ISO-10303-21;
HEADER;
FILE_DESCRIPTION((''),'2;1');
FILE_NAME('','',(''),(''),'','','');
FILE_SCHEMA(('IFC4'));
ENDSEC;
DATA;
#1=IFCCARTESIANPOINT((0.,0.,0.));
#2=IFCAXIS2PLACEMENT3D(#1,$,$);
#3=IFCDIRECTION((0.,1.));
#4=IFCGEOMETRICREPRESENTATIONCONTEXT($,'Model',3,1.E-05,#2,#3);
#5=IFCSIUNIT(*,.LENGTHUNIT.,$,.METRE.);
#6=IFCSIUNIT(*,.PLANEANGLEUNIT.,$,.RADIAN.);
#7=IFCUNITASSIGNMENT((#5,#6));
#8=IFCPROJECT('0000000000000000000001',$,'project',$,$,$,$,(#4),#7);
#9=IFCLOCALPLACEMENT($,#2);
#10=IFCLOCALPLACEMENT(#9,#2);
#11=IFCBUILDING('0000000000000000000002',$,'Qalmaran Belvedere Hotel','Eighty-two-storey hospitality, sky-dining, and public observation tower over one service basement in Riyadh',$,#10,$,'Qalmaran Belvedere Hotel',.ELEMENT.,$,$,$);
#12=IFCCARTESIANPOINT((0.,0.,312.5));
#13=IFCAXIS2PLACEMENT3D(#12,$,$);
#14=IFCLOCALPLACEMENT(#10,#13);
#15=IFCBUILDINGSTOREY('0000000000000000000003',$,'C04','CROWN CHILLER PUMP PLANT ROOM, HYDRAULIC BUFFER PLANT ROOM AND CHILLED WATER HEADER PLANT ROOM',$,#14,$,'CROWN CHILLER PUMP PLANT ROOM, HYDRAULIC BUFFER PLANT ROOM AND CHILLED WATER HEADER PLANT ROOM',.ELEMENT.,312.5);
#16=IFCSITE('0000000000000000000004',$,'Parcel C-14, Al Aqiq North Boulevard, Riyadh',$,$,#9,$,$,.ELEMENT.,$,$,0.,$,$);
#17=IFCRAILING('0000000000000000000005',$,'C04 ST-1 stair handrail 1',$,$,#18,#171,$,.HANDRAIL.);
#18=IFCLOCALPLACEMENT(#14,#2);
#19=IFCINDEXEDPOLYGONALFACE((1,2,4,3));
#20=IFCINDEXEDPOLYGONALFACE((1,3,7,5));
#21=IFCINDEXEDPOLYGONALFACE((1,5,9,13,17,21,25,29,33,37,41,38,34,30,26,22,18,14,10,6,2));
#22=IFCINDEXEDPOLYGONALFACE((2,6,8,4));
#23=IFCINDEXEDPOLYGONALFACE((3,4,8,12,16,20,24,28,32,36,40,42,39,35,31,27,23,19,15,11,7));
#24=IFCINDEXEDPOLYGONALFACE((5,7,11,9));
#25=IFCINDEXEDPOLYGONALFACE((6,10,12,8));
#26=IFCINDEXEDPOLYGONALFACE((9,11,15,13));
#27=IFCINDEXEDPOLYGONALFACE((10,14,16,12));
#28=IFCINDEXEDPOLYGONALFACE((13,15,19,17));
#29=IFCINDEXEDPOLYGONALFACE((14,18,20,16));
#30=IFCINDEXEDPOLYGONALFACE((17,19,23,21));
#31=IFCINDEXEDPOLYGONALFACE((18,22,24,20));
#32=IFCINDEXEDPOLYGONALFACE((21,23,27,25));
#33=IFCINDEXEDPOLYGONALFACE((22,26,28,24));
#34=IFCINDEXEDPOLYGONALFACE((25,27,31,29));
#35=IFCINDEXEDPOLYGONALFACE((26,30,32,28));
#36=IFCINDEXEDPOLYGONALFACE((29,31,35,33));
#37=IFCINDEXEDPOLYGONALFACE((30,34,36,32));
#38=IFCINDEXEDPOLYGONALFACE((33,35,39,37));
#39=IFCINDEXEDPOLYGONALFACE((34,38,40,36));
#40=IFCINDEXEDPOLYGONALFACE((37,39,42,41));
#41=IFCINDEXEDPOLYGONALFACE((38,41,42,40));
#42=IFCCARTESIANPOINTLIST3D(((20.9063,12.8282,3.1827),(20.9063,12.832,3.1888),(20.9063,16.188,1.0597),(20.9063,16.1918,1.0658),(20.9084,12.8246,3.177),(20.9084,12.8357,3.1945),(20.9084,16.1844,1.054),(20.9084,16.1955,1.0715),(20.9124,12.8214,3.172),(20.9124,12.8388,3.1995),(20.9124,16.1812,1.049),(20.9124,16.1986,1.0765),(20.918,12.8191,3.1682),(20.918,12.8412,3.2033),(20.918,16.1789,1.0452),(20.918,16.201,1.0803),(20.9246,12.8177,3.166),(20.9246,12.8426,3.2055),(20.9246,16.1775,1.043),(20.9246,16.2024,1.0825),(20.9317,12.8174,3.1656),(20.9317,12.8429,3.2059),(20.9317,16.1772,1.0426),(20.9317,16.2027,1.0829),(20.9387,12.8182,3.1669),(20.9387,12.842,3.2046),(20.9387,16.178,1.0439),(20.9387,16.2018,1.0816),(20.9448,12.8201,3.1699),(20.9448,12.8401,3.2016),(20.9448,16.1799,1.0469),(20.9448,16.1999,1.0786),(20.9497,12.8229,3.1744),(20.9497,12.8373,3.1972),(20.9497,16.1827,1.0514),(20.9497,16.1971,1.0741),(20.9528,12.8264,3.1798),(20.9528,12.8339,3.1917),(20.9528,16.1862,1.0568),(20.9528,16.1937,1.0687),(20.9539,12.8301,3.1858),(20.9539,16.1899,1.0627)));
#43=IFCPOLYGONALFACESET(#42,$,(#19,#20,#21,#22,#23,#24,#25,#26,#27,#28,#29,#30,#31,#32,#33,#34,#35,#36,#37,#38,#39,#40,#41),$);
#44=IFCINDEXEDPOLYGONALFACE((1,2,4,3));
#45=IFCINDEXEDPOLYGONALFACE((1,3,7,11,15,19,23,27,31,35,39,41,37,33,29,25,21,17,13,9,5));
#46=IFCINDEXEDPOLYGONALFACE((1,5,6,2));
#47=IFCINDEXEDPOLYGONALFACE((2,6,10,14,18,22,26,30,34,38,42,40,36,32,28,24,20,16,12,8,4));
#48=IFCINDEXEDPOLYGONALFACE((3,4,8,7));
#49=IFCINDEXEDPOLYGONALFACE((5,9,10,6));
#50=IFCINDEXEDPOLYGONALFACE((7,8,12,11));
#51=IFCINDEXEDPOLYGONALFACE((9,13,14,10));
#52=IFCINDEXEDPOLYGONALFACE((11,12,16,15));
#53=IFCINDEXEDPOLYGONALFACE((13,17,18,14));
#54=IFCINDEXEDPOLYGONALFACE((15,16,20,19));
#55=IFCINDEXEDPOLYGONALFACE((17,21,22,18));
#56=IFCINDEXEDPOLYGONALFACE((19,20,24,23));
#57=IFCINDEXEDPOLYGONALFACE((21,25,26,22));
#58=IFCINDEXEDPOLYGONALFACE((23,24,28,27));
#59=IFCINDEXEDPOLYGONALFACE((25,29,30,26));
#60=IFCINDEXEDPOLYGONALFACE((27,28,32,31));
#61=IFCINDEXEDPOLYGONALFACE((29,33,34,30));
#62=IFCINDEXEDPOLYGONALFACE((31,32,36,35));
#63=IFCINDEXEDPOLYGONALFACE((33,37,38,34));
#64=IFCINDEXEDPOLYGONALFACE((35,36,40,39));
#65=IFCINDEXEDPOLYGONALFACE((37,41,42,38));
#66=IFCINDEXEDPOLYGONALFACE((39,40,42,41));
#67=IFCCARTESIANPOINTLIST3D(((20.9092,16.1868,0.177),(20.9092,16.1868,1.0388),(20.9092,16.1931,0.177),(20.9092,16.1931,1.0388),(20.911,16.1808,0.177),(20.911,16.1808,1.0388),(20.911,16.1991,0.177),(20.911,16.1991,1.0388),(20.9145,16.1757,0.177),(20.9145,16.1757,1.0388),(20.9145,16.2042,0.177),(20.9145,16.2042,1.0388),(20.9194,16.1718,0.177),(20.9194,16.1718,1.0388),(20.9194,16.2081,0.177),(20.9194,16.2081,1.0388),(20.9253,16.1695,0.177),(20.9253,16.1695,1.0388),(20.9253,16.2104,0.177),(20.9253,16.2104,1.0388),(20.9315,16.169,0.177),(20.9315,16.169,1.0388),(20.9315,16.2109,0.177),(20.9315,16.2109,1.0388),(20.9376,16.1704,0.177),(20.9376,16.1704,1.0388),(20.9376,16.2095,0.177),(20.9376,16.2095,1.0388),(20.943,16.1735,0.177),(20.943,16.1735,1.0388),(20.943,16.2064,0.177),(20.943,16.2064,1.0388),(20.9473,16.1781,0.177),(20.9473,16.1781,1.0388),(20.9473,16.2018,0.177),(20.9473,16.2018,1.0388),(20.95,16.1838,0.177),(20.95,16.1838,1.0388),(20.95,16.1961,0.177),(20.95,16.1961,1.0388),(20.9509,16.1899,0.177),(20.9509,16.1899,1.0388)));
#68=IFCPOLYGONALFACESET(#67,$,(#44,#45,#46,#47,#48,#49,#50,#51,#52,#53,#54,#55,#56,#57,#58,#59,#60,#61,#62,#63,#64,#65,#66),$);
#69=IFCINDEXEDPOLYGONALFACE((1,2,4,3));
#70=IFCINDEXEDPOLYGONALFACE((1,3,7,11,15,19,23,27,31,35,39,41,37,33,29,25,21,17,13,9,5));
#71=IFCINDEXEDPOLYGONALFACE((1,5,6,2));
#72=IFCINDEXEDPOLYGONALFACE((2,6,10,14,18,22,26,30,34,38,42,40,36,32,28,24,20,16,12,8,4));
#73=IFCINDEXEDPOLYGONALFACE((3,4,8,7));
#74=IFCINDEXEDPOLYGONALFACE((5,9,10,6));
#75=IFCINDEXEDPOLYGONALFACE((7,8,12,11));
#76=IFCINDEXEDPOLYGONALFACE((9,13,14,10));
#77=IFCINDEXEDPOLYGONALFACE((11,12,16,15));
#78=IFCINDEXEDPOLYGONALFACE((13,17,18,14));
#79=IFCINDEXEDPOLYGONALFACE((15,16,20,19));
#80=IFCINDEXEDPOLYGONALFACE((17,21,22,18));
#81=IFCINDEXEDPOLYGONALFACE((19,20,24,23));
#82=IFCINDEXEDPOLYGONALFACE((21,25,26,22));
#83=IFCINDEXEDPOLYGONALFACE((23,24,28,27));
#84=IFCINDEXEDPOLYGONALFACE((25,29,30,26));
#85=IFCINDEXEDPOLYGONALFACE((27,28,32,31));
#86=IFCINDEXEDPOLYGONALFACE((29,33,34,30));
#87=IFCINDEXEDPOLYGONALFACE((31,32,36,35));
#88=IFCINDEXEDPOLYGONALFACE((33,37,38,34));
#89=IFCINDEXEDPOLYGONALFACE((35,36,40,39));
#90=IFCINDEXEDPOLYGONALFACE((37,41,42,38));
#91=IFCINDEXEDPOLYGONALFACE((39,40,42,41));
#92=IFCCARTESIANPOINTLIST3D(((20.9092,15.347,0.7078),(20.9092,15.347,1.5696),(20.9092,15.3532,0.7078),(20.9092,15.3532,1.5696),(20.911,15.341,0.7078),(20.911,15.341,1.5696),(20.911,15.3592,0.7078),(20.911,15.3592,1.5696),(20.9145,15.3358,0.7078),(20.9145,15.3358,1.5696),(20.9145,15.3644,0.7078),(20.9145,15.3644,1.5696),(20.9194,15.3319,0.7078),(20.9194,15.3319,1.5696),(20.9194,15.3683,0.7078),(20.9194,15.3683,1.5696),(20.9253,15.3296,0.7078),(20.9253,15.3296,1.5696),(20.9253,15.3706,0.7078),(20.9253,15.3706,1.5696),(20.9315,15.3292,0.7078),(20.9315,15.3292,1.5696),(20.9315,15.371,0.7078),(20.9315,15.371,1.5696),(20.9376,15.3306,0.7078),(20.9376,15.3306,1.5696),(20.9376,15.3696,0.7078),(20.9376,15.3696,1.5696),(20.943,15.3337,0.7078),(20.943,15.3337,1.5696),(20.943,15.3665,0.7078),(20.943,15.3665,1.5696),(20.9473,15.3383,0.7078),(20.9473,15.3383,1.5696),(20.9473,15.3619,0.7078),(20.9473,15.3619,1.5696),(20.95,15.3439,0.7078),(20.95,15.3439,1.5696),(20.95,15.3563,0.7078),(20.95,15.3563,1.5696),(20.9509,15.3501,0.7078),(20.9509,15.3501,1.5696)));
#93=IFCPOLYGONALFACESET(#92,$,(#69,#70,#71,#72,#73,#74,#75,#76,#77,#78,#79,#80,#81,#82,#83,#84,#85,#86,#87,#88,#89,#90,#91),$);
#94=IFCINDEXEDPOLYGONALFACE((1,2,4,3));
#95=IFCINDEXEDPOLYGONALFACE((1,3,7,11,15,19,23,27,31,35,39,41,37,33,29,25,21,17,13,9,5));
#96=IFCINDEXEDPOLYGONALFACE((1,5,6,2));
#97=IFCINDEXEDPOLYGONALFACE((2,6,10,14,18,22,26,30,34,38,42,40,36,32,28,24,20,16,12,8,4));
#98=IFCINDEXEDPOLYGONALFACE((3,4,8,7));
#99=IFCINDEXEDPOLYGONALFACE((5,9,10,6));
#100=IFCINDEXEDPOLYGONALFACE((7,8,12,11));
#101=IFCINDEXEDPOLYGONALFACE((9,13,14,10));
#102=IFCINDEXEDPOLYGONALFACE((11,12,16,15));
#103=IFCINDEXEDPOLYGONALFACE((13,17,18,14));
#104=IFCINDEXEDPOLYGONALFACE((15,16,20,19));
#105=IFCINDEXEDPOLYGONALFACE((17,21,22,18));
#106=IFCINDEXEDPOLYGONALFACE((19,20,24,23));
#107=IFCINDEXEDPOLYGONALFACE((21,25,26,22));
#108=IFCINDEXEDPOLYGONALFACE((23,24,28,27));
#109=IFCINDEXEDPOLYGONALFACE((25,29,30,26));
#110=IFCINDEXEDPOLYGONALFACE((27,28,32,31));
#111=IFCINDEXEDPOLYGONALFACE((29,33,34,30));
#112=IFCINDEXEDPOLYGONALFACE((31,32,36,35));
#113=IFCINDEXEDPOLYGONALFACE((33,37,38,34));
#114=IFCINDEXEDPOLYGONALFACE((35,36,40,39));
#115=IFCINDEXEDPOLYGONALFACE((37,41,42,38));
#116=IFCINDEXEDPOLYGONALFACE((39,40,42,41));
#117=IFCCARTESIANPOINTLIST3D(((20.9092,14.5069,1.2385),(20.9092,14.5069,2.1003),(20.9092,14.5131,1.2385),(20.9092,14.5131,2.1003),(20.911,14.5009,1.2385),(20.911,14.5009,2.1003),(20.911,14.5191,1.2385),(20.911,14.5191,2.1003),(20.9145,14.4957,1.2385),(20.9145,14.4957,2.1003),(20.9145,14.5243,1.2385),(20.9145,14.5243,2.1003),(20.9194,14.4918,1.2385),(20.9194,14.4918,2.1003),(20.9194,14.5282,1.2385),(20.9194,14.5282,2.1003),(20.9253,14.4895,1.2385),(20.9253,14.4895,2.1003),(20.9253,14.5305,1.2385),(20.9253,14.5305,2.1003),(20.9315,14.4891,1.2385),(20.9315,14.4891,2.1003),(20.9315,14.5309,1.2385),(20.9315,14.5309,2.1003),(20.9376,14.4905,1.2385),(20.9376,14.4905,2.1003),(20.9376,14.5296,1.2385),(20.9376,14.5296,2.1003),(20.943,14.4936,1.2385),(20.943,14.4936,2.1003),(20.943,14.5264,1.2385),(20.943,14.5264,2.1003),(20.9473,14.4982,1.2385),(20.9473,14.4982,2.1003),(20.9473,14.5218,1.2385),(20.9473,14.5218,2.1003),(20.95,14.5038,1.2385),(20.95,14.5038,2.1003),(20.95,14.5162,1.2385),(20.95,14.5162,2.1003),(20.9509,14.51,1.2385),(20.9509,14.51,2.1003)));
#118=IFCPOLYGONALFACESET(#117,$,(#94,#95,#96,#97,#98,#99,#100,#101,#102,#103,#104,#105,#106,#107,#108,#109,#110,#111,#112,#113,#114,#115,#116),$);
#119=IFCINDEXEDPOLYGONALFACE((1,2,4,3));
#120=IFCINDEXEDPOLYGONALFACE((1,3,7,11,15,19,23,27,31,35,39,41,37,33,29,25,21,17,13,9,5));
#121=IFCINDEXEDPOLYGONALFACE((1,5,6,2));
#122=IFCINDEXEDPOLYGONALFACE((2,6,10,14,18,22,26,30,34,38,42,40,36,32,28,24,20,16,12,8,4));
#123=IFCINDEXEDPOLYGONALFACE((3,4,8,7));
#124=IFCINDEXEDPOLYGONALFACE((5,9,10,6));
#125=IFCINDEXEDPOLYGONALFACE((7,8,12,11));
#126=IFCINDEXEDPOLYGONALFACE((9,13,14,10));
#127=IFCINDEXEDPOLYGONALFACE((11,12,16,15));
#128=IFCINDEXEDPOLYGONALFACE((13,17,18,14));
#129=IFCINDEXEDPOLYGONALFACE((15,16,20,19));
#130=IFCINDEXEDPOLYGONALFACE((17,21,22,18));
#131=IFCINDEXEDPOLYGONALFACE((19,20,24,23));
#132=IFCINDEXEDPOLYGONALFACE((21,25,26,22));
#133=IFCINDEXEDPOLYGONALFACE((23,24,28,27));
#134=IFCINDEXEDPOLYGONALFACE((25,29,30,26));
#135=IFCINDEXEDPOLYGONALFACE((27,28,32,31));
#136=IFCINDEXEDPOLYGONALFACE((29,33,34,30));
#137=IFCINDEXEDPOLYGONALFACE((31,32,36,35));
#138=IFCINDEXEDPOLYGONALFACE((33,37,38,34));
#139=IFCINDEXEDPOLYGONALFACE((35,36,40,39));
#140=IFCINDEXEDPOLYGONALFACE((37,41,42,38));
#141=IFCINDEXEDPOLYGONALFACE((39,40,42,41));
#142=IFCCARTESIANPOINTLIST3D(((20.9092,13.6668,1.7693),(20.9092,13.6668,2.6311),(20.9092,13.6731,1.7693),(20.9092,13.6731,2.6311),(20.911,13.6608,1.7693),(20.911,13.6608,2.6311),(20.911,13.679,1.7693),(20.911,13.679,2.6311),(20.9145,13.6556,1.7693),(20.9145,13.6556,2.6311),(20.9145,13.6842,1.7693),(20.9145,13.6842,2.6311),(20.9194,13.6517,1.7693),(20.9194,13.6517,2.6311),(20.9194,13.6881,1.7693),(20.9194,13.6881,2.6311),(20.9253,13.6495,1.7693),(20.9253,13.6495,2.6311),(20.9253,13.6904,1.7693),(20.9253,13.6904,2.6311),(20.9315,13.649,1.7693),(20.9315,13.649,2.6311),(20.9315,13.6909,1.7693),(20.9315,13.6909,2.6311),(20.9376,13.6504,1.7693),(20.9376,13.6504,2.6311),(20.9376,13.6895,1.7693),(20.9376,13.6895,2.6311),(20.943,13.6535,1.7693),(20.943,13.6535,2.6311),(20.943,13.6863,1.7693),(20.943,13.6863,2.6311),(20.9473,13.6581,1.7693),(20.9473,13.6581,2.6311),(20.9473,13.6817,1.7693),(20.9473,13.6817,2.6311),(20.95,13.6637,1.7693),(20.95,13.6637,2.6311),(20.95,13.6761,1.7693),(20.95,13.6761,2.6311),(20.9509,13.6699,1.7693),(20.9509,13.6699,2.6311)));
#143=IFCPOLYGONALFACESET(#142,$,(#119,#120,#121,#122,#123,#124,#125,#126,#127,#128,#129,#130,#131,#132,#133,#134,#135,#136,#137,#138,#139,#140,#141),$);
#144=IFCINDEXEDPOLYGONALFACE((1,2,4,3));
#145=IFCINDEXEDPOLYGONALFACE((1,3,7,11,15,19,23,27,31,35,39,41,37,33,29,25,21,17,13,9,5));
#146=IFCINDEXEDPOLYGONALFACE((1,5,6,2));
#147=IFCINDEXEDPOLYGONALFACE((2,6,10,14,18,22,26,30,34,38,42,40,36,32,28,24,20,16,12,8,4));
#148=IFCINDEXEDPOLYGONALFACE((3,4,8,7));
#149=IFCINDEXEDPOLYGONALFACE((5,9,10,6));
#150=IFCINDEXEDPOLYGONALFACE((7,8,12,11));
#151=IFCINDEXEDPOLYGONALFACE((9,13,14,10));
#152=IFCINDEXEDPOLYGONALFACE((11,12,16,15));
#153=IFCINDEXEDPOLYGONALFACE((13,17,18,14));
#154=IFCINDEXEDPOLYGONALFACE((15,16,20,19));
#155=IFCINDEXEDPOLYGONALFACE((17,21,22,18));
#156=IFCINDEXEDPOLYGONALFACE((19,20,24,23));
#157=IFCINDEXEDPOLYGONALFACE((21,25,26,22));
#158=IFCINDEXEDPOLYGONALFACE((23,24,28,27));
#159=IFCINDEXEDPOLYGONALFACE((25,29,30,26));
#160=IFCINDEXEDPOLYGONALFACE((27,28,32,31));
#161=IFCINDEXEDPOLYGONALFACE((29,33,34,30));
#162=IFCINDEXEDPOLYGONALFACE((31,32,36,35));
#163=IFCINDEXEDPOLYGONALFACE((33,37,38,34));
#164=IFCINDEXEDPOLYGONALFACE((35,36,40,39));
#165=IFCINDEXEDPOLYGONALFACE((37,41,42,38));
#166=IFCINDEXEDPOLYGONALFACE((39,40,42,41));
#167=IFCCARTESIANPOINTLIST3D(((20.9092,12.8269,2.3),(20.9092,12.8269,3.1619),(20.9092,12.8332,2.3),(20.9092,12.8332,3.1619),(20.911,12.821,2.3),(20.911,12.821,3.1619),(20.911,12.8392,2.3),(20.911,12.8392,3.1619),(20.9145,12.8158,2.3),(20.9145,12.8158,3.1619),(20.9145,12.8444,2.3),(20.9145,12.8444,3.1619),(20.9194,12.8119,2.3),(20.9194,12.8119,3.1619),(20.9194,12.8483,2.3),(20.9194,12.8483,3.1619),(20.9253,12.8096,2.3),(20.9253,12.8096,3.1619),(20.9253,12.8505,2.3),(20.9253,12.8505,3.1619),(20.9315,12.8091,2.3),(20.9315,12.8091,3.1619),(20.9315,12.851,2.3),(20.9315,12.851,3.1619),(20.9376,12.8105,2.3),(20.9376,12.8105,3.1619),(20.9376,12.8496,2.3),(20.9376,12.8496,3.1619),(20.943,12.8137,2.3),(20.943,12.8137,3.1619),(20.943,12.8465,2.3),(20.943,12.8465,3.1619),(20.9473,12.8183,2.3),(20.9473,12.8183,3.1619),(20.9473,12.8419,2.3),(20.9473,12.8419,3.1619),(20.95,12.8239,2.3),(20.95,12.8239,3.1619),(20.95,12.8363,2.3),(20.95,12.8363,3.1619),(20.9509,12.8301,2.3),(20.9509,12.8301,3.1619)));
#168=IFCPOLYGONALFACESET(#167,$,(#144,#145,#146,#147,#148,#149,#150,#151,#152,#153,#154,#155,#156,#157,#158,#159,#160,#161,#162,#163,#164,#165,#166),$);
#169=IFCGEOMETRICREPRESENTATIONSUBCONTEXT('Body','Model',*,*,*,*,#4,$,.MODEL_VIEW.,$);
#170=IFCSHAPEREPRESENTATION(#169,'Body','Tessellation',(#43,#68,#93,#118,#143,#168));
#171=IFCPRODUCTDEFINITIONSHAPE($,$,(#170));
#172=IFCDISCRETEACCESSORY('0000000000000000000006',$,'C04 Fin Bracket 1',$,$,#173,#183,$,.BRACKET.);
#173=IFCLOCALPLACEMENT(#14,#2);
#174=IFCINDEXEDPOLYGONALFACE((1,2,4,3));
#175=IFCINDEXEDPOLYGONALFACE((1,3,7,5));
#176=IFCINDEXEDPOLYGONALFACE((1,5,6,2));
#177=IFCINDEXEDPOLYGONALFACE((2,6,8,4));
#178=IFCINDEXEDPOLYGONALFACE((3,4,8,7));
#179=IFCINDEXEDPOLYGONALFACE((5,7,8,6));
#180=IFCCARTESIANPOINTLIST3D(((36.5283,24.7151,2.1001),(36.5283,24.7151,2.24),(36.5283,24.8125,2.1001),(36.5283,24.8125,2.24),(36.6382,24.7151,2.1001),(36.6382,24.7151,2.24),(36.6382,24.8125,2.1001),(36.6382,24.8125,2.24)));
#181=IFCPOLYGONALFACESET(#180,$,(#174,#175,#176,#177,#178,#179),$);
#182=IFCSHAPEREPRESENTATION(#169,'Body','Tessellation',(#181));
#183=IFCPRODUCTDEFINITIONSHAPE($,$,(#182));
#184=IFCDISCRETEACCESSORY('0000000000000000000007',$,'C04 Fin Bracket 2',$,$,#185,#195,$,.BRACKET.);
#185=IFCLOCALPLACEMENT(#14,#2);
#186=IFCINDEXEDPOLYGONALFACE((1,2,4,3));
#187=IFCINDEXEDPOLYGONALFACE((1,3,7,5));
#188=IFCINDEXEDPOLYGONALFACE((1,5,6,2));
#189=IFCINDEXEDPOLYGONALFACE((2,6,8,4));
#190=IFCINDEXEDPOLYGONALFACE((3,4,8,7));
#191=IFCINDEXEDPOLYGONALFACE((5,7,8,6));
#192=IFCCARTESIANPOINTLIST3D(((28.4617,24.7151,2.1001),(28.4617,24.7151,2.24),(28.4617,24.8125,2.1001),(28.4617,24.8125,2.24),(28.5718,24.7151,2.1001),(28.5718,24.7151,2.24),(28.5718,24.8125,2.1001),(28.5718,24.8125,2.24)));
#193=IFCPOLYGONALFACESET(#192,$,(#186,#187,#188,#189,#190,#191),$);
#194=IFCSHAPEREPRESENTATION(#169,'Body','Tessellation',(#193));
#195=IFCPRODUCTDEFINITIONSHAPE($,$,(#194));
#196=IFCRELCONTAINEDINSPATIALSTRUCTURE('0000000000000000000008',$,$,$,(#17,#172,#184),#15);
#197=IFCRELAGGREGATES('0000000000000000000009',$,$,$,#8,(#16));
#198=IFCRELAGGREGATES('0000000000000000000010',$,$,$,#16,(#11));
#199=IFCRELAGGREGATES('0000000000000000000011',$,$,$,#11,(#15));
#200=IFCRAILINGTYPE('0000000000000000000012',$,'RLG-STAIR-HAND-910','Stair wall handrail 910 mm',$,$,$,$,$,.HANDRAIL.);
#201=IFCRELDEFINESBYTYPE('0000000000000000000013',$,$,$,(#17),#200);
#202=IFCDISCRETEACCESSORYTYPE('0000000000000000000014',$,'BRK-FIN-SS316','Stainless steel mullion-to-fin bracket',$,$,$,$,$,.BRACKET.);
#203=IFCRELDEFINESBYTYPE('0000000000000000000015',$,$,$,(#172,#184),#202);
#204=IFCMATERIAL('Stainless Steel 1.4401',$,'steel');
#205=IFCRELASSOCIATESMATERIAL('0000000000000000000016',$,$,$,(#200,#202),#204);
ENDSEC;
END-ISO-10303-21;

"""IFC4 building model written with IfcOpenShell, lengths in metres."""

from ifc_helpers import new_model, si_unit, direction, frame, origin, origin_2d, place, context, subcontext, project, spatial, polyline, circle, outline, extrude, material, type_object, element, save


model = new_model("IFC4")

# Units and contexts
model_context = context("Model", 3, precision=1e-05, world=origin(), true_north=direction((0.0, 1.0)))
body_context = subcontext(model_context, "Body", "Model", "MODEL_VIEW")
ifc_project = project(units=[si_unit("LENGTHUNIT", "METRE"), si_unit("PLANEANGLEUNIT", "RADIAN")], contexts=[model_context])

# Site, building, storey
site_placement = place(None, origin())
site = spatial("IfcSite", under=ifc_project, at=site_placement, Name="Parcel C-14, Al Aqiq North Boulevard, Riyadh", CompositionType="ELEMENT", RefElevation=0.0)
building_placement = place(site_placement, origin())
building = spatial("IfcBuilding", under=site, at=building_placement, Name="Qalmaran Belvedere Hotel", Description="Eighty-two-storey hospitality, sky-dining, and public observation tower over one service basement in Riyadh", LongName="Qalmaran Belvedere Hotel", CompositionType="ELEMENT")
storey_placement = place(building_placement, frame((0.0, 0.0, 312.5)))
storey = spatial("IfcBuildingStorey", under=building, at=storey_placement, Name="C04", Description="CROWN CHILLER PUMP PLANT ROOM, HYDRAULIC BUFFER PLANT ROOM AND CHILLED WATER HEADER PLANT ROOM", LongName="CROWN CHILLER PUMP PLANT ROOM, HYDRAULIC BUFFER PLANT ROOM AND CHILLED WATER HEADER PLANT ROOM", CompositionType="ELEMENT", Elevation=312.5)

# Shared definitions
ifc_material_1 = material(Name="Stainless Steel 1.4401", Category="steel")

# Railing
railing_type_1 = type_object("IfcRailingType", Name="RLG-STAIR-HAND-910", Description="Stair wall handrail 910 mm", PredefinedType="HANDRAIL", material=ifc_material_1)
railing_1_placement = place(storey_placement, frame((20.9299, 16.1899, 0.177)))
element("IfcRailing", 1, at=railing_1_placement, inside=storey, type_object=railing_type_1, Name="C04 ST-1 stair handrail 1", PredefinedType="HANDRAIL", context=body_context, shape_type="SweptSolid", body=[
    extrude(circle(Radius=0.0239, at=origin_2d()), frame((0.0, 0.0, 0.8857), z_axis=(0.0, -0.845372, 0.534178), x_axis=(1.0, 0.0, 0.0)), (0.0, 0.0, 1.0), 3.9744),
    extrude(circle(Radius=0.021, at=origin_2d()), origin(), (0.0, 0.0, 1.0), 0.8618),
    extrude(circle(Radius=0.021, at=origin_2d()), frame((0.0, -0.8398, 0.5308)), (0.0, 0.0, 1.0), 0.8618),
    extrude(circle(Radius=0.021, at=origin_2d()), frame((0.0, -1.6799, 1.0615)), (0.0, 0.0, 1.0), 0.8618),
    extrude(circle(Radius=0.021, at=origin_2d()), frame((0.0, -2.52, 1.5923)), (0.0, 0.0, 1.0), 0.8618),
    extrude(circle(Radius=0.021, at=origin_2d()), frame((0.0, -3.3599, 2.123)), (0.0, 0.0, 1.0), 0.8618),
])

# Discrete accessories
discrete_accessory_type = type_object("IfcDiscreteAccessoryType", Name="BRK-FIN-SS316", Description="Stainless steel mullion-to-fin bracket", PredefinedType="BRACKET", material=ifc_material_1)
discrete_accessory_1_placement = place(storey_placement, frame((0.0, 0.0, 2.1001)))
element("IfcDiscreteAccessory", 2, at=discrete_accessory_1_placement, inside=storey, type_object=discrete_accessory_type, Name="C04 Fin Bracket 1", PredefinedType="BRACKET", context=body_context, shape_type="SweptSolid", body=[
    extrude(outline(polyline([(36.6382, 24.7151), (36.6382, 24.8125), (36.5283, 24.8125), (36.5283, 24.7151), (36.6382, 24.7151)])), origin(), (0.0, 0.0, 1.0), 0.1399),
])
discrete_accessory_2_placement = place(storey_placement, frame((0.0, 0.0, 2.1001)))
element("IfcDiscreteAccessory", 3, at=discrete_accessory_2_placement, inside=storey, type_object=discrete_accessory_type, Name="C04 Fin Bracket 2", PredefinedType="BRACKET", context=body_context, shape_type="SweptSolid", body=[
    extrude(outline(polyline([(28.5718, 24.7151), (28.5718, 24.8125), (28.4617, 24.8125), (28.4617, 24.7151), (28.5718, 24.7151)])), origin(), (0.0, 0.0, 1.0), 0.1399),
])

save(model, "model.ifc")
